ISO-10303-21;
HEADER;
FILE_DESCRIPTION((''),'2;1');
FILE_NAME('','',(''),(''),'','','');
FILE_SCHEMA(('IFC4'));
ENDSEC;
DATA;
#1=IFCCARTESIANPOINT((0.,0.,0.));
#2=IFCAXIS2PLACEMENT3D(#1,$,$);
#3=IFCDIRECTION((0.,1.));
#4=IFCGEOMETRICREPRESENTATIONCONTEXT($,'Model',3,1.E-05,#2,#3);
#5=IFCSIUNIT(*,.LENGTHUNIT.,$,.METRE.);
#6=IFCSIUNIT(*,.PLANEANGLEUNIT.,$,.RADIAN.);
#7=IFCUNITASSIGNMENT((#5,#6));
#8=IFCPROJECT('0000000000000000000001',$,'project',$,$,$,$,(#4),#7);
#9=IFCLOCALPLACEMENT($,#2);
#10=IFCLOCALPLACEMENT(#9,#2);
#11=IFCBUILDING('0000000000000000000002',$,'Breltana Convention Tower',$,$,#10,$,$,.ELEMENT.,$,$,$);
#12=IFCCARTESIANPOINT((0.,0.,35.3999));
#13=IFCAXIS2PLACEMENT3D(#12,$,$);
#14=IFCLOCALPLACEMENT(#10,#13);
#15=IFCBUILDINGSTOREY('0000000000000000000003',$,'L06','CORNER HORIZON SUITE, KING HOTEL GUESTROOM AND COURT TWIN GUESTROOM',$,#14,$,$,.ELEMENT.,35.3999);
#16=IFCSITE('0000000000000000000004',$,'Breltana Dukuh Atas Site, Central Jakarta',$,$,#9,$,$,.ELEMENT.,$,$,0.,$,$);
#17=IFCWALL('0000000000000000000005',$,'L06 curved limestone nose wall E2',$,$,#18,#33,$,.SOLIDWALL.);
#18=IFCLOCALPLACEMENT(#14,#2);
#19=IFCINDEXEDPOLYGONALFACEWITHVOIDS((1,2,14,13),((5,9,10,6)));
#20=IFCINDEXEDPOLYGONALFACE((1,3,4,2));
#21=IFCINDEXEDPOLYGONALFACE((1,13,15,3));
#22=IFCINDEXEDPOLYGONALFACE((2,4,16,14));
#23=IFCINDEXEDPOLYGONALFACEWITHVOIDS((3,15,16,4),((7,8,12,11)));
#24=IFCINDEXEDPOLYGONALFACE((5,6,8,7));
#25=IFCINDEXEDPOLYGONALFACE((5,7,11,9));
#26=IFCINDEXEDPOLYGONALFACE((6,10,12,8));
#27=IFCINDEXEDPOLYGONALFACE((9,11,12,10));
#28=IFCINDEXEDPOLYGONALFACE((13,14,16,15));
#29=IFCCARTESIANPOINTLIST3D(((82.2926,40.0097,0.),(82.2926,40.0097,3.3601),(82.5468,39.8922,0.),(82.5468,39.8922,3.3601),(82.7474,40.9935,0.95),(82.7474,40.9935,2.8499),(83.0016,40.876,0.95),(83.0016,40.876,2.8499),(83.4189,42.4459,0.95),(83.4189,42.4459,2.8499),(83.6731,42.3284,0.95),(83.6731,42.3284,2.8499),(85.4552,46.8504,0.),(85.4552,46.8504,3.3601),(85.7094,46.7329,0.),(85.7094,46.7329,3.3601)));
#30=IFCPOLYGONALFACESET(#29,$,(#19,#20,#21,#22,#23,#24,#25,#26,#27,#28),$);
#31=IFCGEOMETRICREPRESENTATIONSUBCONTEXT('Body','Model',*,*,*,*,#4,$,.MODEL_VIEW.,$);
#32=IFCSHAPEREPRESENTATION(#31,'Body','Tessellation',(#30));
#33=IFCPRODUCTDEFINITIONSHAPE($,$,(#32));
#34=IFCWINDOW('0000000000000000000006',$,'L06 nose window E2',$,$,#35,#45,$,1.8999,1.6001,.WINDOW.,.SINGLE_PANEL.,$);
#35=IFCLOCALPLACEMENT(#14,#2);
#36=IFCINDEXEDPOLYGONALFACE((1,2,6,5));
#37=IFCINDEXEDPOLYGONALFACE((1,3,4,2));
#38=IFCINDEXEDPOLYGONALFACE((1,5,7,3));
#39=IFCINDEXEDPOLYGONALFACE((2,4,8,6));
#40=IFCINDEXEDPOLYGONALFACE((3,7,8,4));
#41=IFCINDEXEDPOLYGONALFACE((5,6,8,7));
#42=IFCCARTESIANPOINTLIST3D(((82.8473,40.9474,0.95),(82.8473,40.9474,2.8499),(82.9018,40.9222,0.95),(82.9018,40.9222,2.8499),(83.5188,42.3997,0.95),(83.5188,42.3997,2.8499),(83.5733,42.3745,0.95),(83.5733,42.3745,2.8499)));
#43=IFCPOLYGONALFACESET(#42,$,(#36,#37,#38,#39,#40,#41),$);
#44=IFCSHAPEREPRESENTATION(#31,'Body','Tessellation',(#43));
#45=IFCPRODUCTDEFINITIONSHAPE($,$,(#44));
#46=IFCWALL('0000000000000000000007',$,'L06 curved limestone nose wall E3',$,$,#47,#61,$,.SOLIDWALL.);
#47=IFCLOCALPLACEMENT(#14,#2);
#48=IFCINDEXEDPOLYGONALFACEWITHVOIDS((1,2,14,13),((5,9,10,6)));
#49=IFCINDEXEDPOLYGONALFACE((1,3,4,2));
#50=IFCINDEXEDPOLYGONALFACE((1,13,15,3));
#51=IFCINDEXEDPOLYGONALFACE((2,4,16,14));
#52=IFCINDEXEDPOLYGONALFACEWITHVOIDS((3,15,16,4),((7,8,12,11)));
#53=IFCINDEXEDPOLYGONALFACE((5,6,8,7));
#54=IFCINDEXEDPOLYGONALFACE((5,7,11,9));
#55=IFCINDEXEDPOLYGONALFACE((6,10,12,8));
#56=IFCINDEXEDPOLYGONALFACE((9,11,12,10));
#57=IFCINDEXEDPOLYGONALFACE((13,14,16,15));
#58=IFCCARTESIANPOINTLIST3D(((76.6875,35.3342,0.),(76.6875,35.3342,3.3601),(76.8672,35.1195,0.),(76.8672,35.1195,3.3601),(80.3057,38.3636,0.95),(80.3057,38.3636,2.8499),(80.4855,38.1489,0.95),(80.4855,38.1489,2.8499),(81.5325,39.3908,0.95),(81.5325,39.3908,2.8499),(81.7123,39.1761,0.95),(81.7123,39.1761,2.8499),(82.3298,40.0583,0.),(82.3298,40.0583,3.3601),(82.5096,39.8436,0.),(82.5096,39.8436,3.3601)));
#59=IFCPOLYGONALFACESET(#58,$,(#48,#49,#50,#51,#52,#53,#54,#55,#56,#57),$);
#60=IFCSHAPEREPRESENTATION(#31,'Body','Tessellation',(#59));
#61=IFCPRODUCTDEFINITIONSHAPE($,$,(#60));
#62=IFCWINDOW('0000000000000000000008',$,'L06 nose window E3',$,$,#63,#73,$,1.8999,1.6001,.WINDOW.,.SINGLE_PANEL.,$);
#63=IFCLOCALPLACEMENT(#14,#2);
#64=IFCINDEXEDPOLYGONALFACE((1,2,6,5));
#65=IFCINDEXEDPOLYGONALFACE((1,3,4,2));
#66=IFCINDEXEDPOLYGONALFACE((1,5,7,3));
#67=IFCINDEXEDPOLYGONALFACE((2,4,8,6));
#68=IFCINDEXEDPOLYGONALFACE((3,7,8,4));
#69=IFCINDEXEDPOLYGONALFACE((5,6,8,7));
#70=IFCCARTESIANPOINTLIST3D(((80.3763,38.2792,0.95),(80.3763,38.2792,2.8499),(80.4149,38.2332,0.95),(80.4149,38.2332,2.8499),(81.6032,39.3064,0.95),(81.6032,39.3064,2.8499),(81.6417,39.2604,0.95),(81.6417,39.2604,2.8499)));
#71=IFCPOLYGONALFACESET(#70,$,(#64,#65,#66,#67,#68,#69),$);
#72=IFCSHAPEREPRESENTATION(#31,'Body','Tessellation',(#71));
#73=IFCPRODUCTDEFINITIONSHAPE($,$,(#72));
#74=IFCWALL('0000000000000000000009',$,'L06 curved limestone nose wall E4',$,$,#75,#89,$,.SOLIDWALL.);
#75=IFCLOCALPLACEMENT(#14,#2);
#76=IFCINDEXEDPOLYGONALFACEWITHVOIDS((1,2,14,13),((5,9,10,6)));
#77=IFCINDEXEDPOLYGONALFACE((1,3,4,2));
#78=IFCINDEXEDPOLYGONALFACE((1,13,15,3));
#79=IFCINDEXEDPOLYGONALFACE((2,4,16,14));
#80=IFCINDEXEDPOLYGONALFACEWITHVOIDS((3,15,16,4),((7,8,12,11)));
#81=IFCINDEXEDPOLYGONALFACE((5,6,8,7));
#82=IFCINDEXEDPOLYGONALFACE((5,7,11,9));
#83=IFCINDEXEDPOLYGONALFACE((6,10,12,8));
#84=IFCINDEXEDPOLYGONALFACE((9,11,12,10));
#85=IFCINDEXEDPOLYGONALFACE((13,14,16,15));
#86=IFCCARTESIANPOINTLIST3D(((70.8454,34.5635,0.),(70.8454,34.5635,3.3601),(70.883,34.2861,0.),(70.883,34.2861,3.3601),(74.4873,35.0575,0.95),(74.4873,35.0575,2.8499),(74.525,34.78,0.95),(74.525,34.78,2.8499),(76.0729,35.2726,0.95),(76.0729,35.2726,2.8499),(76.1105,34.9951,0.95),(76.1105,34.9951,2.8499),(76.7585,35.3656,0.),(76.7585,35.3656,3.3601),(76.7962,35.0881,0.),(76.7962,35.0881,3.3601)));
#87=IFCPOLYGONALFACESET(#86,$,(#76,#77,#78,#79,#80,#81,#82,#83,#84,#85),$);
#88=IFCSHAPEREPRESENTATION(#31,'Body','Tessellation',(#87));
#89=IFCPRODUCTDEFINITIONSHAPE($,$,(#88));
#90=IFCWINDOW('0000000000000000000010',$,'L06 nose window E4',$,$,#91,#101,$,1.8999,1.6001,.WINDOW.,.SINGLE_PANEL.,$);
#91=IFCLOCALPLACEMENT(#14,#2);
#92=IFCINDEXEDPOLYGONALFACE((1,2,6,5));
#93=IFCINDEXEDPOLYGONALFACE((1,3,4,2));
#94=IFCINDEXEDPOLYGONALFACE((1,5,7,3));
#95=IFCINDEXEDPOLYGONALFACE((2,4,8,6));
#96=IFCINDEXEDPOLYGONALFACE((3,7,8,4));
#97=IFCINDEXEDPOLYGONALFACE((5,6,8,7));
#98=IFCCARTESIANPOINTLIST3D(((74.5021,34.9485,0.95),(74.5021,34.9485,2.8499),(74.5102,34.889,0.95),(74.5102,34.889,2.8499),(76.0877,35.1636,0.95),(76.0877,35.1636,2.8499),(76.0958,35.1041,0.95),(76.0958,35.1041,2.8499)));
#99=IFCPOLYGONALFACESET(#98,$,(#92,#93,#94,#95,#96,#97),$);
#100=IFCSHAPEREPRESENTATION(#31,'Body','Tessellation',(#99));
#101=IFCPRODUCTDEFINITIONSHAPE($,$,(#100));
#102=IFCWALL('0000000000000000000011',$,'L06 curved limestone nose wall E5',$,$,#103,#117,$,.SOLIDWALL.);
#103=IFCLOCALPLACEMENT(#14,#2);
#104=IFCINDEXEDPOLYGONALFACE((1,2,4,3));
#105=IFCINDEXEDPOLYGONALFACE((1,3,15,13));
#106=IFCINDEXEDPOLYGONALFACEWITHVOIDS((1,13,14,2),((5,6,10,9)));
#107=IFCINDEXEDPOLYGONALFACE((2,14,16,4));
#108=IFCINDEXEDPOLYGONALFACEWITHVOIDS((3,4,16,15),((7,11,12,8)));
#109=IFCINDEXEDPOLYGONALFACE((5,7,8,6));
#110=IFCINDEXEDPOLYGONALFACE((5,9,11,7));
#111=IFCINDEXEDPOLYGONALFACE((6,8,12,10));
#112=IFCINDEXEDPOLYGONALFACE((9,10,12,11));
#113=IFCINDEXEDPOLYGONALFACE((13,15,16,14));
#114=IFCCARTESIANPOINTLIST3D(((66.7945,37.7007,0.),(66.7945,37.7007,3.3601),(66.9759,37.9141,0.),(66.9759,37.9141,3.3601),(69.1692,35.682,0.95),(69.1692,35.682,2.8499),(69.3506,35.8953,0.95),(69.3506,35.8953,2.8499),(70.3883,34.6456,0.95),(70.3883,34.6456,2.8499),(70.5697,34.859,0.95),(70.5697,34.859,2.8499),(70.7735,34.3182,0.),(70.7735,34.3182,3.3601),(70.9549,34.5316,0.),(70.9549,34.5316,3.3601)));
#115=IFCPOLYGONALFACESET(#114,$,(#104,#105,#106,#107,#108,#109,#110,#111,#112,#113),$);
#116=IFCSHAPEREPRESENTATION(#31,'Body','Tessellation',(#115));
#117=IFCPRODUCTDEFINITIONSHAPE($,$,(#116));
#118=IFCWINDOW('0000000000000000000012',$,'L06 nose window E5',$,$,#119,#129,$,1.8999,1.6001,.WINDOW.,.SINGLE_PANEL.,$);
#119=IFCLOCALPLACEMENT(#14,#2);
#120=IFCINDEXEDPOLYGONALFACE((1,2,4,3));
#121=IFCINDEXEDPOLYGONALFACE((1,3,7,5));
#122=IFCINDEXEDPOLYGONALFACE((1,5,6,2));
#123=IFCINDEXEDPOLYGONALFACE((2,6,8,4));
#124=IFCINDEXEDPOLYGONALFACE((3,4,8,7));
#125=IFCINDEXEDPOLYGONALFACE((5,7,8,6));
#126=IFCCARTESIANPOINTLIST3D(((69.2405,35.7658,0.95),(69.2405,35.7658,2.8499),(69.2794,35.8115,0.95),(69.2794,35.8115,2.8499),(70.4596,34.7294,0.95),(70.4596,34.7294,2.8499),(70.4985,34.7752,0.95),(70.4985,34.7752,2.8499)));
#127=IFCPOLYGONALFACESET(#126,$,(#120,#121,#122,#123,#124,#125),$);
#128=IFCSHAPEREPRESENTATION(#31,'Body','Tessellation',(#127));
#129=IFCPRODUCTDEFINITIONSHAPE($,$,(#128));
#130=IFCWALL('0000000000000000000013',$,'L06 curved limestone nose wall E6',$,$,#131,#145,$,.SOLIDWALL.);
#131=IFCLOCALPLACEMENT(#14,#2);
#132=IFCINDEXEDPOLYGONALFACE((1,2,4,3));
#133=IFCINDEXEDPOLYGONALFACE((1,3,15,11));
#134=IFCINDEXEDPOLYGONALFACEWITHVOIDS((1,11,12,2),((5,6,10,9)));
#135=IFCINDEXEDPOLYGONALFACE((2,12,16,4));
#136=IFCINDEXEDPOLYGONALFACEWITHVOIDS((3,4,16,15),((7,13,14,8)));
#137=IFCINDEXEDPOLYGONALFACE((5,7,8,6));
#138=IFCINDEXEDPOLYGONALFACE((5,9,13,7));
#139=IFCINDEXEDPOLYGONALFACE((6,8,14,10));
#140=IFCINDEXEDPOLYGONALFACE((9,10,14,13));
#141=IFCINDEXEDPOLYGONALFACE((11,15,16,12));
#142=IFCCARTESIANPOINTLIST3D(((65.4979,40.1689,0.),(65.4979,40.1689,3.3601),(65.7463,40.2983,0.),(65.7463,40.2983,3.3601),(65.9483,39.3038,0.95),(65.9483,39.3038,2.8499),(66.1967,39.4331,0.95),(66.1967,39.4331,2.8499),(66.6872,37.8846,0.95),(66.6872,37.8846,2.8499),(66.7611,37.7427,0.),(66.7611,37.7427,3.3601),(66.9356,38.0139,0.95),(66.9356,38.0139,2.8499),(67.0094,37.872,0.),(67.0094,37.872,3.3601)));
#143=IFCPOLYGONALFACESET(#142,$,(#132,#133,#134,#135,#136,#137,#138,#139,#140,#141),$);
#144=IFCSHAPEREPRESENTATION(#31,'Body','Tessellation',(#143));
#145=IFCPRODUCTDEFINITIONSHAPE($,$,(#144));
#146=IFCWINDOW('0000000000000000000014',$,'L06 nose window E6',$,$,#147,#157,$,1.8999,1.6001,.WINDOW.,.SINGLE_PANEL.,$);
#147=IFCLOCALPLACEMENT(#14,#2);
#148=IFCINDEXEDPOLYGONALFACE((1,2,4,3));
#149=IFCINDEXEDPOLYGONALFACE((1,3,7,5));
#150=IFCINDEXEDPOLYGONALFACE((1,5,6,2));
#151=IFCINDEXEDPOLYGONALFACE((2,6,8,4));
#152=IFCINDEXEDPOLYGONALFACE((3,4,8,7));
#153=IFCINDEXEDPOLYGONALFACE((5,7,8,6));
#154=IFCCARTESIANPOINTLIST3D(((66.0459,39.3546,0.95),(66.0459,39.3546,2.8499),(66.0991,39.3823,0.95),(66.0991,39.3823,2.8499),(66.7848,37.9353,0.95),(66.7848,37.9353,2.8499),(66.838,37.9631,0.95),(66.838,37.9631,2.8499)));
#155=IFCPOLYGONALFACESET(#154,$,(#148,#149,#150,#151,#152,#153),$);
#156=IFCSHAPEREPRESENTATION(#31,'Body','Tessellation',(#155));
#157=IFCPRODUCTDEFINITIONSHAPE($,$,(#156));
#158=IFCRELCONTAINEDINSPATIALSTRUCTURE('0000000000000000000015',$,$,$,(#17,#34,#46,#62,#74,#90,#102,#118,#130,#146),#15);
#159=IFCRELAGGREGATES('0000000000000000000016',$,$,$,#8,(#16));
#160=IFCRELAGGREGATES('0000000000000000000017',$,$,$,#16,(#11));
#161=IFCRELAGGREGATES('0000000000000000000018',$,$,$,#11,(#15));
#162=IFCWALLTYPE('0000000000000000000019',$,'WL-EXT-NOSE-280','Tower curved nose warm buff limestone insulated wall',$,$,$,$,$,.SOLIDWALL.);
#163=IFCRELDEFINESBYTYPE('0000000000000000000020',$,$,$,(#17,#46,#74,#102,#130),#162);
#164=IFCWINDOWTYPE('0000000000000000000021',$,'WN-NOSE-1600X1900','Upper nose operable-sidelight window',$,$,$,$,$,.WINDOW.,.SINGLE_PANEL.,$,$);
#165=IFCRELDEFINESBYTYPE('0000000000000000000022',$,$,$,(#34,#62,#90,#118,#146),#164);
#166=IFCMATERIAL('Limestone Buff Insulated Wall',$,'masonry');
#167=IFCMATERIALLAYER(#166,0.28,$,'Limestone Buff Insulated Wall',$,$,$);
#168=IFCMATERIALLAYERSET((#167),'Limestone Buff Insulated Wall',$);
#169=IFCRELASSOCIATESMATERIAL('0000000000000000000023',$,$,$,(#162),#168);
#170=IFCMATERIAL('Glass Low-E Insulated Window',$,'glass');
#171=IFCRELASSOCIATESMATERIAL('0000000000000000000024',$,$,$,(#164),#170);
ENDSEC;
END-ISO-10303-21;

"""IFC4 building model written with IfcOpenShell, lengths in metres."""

from ifc_helpers import new_model, si_unit, direction, frame, frame_2d, origin, place, context, subcontext, project, spatial, rectangle, extrude, source, transform, mapped, material, layer, layer_set, type_object, type_shapes, element, fill, save


model = new_model("IFC4")

# Units and contexts
model_context = context("Model", 3, precision=1e-05, world=origin(), true_north=direction((0.0, 1.0)))
body_context = subcontext(model_context, "Body", "Model", "MODEL_VIEW")
ifc_project = project(units=[si_unit("LENGTHUNIT", "METRE"), si_unit("PLANEANGLEUNIT", "RADIAN")], contexts=[model_context])

# Site, building, storey
site_placement = place(None, origin())
site = spatial("IfcSite", under=ifc_project, at=site_placement, Name="Breltana Dukuh Atas Site, Central Jakarta", CompositionType="ELEMENT", RefElevation=0.0)
building_placement = place(site_placement, origin())
building = spatial("IfcBuilding", under=site, at=building_placement, Name="Breltana Convention Tower", CompositionType="ELEMENT")
storey_placement = place(building_placement, frame((0.0, 0.0, 35.3999)))
storey = spatial("IfcBuildingStorey", under=building, at=storey_placement, Name="L06", Description="CORNER HORIZON SUITE, KING HOTEL GUESTROOM AND COURT TWIN GUESTROOM", CompositionType="ELEMENT", Elevation=35.3999)

# Walls, openings, windows
ifc_material_1 = material(Name="Limestone Buff Insulated Wall", Category="masonry")
ifc_layer_1 = layer(ifc_material_1, 0.28, Name="Limestone Buff Insulated Wall")
ifc_layer_set_1 = layer_set([ifc_layer_1], Name="Limestone Buff Insulated Wall")
wall_type_1 = type_object("IfcWallType", Name="WL-EXT-NOSE-280", Description="Tower curved nose warm buff limestone insulated wall", PredefinedType="SOLIDWALL", material=ifc_layer_set_1)
shared_shape_1 = source(origin(), body_context, "Body", "SweptSolid", [
    extrude(rectangle(XDim=7.5364, YDim=0.28, at=frame_2d((3.7681, 0.0))), origin(), (0.0, 0.0, 1.0), 3.3601),
])
wall_1_placement = place(storey_placement, frame((85.5823, 46.7915, 0.0), z_axis=(0.0, 0.0, 1.0), x_axis=(-0.41965, -0.907686, 0.0)))
wall_1 = element("IfcWall", 1, at=wall_1_placement, inside=storey, type_object=wall_type_1, Name="L06 curved limestone nose wall E2", PredefinedType="SOLIDWALL", context=body_context, shape_type="MappedRepresentation", body=[
    mapped(shared_shape_1, transform((0.0, 0.0, 0.0), scale=1.0)),
])
opening_1_placement = place(wall_1_placement, frame((4.8523, 0.0, 0.95)))
opening_1 = element("IfcOpeningElement", 2, at=opening_1_placement, cuts=wall_1, PredefinedType="OPENING", context=body_context, shape_type="SweptSolid", body=[
    extrude(rectangle(XDim=1.6001, YDim=1.8999, at=frame_2d((0.8, 0.95))), frame((0.0, 0.1499, 0.0), z_axis=(0.0, -1.0, 0.0), x_axis=(1.0, 0.0, 0.0)), (0.0, 0.0, 1.0), 0.3),
])
ifc_material_2 = material(Name="Glass Low-E Insulated Window", Category="glass")
window_type = type_object("IfcWindowType", Name="WN-NOSE-1600X1900", Description="Upper nose operable-sidelight window", PartitioningType="SINGLE_PANEL", PredefinedType="WINDOW", material=ifc_material_2)
shared_shape_2 = source(origin(), body_context, "Body", "SweptSolid", [
    extrude(rectangle(XDim=1.6001, YDim=1.8999, at=frame_2d((0.8, 0.95))), frame((0.0, 0.03, 0.0), z_axis=(0.0, -1.0, 0.0), x_axis=(1.0, 0.0, 0.0)), (0.0, 0.0, 1.0), 0.0601),
])
type_shapes(window_type, [shared_shape_2])
window_1_placement = place(opening_1_placement, origin())
window_1 = element("IfcWindow", 3, at=window_1_placement, inside=storey, type_object=window_type, Name="L06 nose window E2", OverallHeight=1.8999, OverallWidth=1.6001, PartitioningType="SINGLE_PANEL", PredefinedType="WINDOW", context=body_context, shape_type="MappedRepresentation", body=[
    mapped(shared_shape_2, transform((0.0, 0.0, 0.0), scale=1.0)),
])
fill(opening_1, window_1)
shared_shape_3 = source(origin(), body_context, "Body", "SweptSolid", [
    extrude(rectangle(XDim=7.3589, YDim=0.28, at=frame_2d((3.6794, 0.0))), origin(), (0.0, 0.0, 1.0), 3.3601),
])
wall_2_placement = place(storey_placement, frame((82.4197, 39.9509, 0.0), z_axis=(0.0, 0.0, 1.0), x_axis=(-0.766737, -0.641961, 0.0)))
wall_2 = element("IfcWall", 4, at=wall_2_placement, inside=storey, type_object=wall_type_1, Name="L06 curved limestone nose wall E3", PredefinedType="SOLIDWALL", context=body_context, shape_type="MappedRepresentation", body=[
    mapped(shared_shape_3, transform((0.0, 0.0, 0.0), scale=1.0)),
])
opening_2_placement = place(wall_2_placement, frame((1.0398, 0.0, 0.95)))
opening_2 = element("IfcOpeningElement", 5, at=opening_2_placement, cuts=wall_2, PredefinedType="OPENING", context=body_context, shape_type="SweptSolid", body=[
    extrude(rectangle(XDim=1.6001, YDim=1.8999, at=frame_2d((0.8, 0.95))), frame((0.0, 0.1499, 0.0), z_axis=(0.0, -1.0, 0.0), x_axis=(1.0, 0.0, 0.0)), (0.0, 0.0, 1.0), 0.3),
])
window_2_placement = place(opening_2_placement, origin())
window_2 = element("IfcWindow", 6, at=window_2_placement, inside=storey, type_object=window_type, Name="L06 nose window E3", OverallHeight=1.8999, OverallWidth=1.6001, PartitioningType="SINGLE_PANEL", PredefinedType="WINDOW", context=body_context, shape_type="MappedRepresentation", body=[
    mapped(shared_shape_2, transform((0.0, 0.0, 0.0), scale=1.0)),
])
fill(opening_2, window_2)
shared_shape_4 = source(origin(), body_context, "Body", "SweptSolid", [
    extrude(rectangle(XDim=5.9673, YDim=0.28, at=frame_2d((2.9836, 0.0))), origin(), (0.0, 0.0, 1.0), 3.3601),
])
wall_3_placement = place(storey_placement, frame((76.7773, 35.2268, 0.0), z_axis=(0.0, 0.0, 1.0), x_axis=(-0.990927, -0.134401, 0.0)))
wall_3 = element("IfcWall", 7, at=wall_3_placement, inside=storey, type_object=wall_type_1, Name="L06 curved limestone nose wall E4", PredefinedType="SOLIDWALL", context=body_context, shape_type="MappedRepresentation", body=[
    mapped(shared_shape_4, transform((0.0, 0.0, 0.0), scale=1.0)),
])
opening_3_placement = place(wall_3_placement, frame((0.6919, 0.0, 0.95)))
opening_3 = element("IfcOpeningElement", 8, at=opening_3_placement, cuts=wall_3, PredefinedType="OPENING", context=body_context, shape_type="SweptSolid", body=[
    extrude(rectangle(XDim=1.6001, YDim=1.8999, at=frame_2d((0.8, 0.95))), frame((0.0, 0.1499, 0.0), z_axis=(0.0, -1.0, 0.0), x_axis=(1.0, 0.0, 0.0)), (0.0, 0.0, 1.0), 0.3),
])
window_3_placement = place(opening_3_placement, origin())
window_3 = element("IfcWindow", 9, at=window_3_placement, inside=storey, type_object=window_type, Name="L06 nose window E4", OverallHeight=1.8999, OverallWidth=1.6001, PartitioningType="SINGLE_PANEL", PredefinedType="WINDOW", context=body_context, shape_type="MappedRepresentation", body=[
    mapped(shared_shape_2, transform((0.0, 0.0, 0.0), scale=1.0)),
])
fill(opening_3, window_3)
shared_shape_5 = source(origin(), body_context, "Body", "SweptSolid", [
    extrude(rectangle(XDim=5.2224, YDim=0.28, at=frame_2d((2.6113, 0.0))), origin(), (0.0, 0.0, 1.0), 3.3601),
])
wall_4_placement = place(storey_placement, frame((70.8643, 34.4248, 0.0), z_axis=(0.0, 0.0, 1.0), x_axis=(-0.7619, 0.647695, 0.0)))
wall_4 = element("IfcWall", 10, at=wall_4_placement, inside=storey, type_object=wall_type_1, Name="L06 curved limestone nose wall E5", PredefinedType="SOLIDWALL", context=body_context, shape_type="MappedRepresentation", body=[
    mapped(shared_shape_5, transform((0.0, 0.0, 0.0), scale=1.0)),
])
opening_4_placement = place(wall_4_placement, frame((0.5056, 0.0, 0.95)))
opening_4 = element("IfcOpeningElement", 11, at=opening_4_placement, cuts=wall_4, PredefinedType="OPENING", context=body_context, shape_type="SweptSolid", body=[
    extrude(rectangle(XDim=1.6001, YDim=1.8999, at=frame_2d((0.8, 0.95))), frame((0.0, 0.1499, 0.0), z_axis=(0.0, -1.0, 0.0), x_axis=(1.0, 0.0, 0.0)), (0.0, 0.0, 1.0), 0.3),
])
window_4_placement = place(opening_4_placement, origin())
window_4 = element("IfcWindow", 12, at=window_4_placement, inside=storey, type_object=window_type, Name="L06 nose window E5", OverallHeight=1.8999, OverallWidth=1.6001, PartitioningType="SINGLE_PANEL", PredefinedType="WINDOW", context=body_context, shape_type="MappedRepresentation", body=[
    mapped(shared_shape_2, transform((0.0, 0.0, 0.0), scale=1.0)),
])
fill(opening_4, window_4)
shared_shape_6 = source(origin(), body_context, "Body", "SweptSolid", [
    extrude(rectangle(XDim=2.7354, YDim=0.28, at=frame_2d((1.3677, 0.0))), origin(), (0.0, 0.0, 1.0), 3.3601),
])
wall_5_placement = place(storey_placement, frame((66.8853, 37.8074, 0.0), z_axis=(0.0, 0.0, 1.0), x_axis=(-0.461791, 0.886989, 0.0)))
wall_5 = element("IfcWall", 13, at=wall_5_placement, inside=storey, type_object=wall_type_1, Name="L06 curved limestone nose wall E6", PredefinedType="SOLIDWALL", context=body_context, shape_type="MappedRepresentation", body=[
    mapped(shared_shape_6, transform((0.0, 0.0, 0.0), scale=1.0)),
])
opening_5_placement = place(wall_5_placement, frame((0.1599, 0.0, 0.95)))
opening_5 = element("IfcOpeningElement", 14, at=opening_5_placement, cuts=wall_5, PredefinedType="OPENING", context=body_context, shape_type="SweptSolid", body=[
    extrude(rectangle(XDim=1.6001, YDim=1.8999, at=frame_2d((0.8, 0.95))), frame((0.0, 0.1499, 0.0), z_axis=(0.0, -1.0, 0.0), x_axis=(1.0, 0.0, 0.0)), (0.0, 0.0, 1.0), 0.3),
])
window_5_placement = place(opening_5_placement, origin())
window_5 = element("IfcWindow", 15, at=window_5_placement, inside=storey, type_object=window_type, Name="L06 nose window E6", OverallHeight=1.8999, OverallWidth=1.6001, PartitioningType="SINGLE_PANEL", PredefinedType="WINDOW", context=body_context, shape_type="MappedRepresentation", body=[
    mapped(shared_shape_2, transform((0.0, 0.0, 0.0), scale=1.0)),
])
fill(opening_5, window_5)

save(model, "model.ifc")
